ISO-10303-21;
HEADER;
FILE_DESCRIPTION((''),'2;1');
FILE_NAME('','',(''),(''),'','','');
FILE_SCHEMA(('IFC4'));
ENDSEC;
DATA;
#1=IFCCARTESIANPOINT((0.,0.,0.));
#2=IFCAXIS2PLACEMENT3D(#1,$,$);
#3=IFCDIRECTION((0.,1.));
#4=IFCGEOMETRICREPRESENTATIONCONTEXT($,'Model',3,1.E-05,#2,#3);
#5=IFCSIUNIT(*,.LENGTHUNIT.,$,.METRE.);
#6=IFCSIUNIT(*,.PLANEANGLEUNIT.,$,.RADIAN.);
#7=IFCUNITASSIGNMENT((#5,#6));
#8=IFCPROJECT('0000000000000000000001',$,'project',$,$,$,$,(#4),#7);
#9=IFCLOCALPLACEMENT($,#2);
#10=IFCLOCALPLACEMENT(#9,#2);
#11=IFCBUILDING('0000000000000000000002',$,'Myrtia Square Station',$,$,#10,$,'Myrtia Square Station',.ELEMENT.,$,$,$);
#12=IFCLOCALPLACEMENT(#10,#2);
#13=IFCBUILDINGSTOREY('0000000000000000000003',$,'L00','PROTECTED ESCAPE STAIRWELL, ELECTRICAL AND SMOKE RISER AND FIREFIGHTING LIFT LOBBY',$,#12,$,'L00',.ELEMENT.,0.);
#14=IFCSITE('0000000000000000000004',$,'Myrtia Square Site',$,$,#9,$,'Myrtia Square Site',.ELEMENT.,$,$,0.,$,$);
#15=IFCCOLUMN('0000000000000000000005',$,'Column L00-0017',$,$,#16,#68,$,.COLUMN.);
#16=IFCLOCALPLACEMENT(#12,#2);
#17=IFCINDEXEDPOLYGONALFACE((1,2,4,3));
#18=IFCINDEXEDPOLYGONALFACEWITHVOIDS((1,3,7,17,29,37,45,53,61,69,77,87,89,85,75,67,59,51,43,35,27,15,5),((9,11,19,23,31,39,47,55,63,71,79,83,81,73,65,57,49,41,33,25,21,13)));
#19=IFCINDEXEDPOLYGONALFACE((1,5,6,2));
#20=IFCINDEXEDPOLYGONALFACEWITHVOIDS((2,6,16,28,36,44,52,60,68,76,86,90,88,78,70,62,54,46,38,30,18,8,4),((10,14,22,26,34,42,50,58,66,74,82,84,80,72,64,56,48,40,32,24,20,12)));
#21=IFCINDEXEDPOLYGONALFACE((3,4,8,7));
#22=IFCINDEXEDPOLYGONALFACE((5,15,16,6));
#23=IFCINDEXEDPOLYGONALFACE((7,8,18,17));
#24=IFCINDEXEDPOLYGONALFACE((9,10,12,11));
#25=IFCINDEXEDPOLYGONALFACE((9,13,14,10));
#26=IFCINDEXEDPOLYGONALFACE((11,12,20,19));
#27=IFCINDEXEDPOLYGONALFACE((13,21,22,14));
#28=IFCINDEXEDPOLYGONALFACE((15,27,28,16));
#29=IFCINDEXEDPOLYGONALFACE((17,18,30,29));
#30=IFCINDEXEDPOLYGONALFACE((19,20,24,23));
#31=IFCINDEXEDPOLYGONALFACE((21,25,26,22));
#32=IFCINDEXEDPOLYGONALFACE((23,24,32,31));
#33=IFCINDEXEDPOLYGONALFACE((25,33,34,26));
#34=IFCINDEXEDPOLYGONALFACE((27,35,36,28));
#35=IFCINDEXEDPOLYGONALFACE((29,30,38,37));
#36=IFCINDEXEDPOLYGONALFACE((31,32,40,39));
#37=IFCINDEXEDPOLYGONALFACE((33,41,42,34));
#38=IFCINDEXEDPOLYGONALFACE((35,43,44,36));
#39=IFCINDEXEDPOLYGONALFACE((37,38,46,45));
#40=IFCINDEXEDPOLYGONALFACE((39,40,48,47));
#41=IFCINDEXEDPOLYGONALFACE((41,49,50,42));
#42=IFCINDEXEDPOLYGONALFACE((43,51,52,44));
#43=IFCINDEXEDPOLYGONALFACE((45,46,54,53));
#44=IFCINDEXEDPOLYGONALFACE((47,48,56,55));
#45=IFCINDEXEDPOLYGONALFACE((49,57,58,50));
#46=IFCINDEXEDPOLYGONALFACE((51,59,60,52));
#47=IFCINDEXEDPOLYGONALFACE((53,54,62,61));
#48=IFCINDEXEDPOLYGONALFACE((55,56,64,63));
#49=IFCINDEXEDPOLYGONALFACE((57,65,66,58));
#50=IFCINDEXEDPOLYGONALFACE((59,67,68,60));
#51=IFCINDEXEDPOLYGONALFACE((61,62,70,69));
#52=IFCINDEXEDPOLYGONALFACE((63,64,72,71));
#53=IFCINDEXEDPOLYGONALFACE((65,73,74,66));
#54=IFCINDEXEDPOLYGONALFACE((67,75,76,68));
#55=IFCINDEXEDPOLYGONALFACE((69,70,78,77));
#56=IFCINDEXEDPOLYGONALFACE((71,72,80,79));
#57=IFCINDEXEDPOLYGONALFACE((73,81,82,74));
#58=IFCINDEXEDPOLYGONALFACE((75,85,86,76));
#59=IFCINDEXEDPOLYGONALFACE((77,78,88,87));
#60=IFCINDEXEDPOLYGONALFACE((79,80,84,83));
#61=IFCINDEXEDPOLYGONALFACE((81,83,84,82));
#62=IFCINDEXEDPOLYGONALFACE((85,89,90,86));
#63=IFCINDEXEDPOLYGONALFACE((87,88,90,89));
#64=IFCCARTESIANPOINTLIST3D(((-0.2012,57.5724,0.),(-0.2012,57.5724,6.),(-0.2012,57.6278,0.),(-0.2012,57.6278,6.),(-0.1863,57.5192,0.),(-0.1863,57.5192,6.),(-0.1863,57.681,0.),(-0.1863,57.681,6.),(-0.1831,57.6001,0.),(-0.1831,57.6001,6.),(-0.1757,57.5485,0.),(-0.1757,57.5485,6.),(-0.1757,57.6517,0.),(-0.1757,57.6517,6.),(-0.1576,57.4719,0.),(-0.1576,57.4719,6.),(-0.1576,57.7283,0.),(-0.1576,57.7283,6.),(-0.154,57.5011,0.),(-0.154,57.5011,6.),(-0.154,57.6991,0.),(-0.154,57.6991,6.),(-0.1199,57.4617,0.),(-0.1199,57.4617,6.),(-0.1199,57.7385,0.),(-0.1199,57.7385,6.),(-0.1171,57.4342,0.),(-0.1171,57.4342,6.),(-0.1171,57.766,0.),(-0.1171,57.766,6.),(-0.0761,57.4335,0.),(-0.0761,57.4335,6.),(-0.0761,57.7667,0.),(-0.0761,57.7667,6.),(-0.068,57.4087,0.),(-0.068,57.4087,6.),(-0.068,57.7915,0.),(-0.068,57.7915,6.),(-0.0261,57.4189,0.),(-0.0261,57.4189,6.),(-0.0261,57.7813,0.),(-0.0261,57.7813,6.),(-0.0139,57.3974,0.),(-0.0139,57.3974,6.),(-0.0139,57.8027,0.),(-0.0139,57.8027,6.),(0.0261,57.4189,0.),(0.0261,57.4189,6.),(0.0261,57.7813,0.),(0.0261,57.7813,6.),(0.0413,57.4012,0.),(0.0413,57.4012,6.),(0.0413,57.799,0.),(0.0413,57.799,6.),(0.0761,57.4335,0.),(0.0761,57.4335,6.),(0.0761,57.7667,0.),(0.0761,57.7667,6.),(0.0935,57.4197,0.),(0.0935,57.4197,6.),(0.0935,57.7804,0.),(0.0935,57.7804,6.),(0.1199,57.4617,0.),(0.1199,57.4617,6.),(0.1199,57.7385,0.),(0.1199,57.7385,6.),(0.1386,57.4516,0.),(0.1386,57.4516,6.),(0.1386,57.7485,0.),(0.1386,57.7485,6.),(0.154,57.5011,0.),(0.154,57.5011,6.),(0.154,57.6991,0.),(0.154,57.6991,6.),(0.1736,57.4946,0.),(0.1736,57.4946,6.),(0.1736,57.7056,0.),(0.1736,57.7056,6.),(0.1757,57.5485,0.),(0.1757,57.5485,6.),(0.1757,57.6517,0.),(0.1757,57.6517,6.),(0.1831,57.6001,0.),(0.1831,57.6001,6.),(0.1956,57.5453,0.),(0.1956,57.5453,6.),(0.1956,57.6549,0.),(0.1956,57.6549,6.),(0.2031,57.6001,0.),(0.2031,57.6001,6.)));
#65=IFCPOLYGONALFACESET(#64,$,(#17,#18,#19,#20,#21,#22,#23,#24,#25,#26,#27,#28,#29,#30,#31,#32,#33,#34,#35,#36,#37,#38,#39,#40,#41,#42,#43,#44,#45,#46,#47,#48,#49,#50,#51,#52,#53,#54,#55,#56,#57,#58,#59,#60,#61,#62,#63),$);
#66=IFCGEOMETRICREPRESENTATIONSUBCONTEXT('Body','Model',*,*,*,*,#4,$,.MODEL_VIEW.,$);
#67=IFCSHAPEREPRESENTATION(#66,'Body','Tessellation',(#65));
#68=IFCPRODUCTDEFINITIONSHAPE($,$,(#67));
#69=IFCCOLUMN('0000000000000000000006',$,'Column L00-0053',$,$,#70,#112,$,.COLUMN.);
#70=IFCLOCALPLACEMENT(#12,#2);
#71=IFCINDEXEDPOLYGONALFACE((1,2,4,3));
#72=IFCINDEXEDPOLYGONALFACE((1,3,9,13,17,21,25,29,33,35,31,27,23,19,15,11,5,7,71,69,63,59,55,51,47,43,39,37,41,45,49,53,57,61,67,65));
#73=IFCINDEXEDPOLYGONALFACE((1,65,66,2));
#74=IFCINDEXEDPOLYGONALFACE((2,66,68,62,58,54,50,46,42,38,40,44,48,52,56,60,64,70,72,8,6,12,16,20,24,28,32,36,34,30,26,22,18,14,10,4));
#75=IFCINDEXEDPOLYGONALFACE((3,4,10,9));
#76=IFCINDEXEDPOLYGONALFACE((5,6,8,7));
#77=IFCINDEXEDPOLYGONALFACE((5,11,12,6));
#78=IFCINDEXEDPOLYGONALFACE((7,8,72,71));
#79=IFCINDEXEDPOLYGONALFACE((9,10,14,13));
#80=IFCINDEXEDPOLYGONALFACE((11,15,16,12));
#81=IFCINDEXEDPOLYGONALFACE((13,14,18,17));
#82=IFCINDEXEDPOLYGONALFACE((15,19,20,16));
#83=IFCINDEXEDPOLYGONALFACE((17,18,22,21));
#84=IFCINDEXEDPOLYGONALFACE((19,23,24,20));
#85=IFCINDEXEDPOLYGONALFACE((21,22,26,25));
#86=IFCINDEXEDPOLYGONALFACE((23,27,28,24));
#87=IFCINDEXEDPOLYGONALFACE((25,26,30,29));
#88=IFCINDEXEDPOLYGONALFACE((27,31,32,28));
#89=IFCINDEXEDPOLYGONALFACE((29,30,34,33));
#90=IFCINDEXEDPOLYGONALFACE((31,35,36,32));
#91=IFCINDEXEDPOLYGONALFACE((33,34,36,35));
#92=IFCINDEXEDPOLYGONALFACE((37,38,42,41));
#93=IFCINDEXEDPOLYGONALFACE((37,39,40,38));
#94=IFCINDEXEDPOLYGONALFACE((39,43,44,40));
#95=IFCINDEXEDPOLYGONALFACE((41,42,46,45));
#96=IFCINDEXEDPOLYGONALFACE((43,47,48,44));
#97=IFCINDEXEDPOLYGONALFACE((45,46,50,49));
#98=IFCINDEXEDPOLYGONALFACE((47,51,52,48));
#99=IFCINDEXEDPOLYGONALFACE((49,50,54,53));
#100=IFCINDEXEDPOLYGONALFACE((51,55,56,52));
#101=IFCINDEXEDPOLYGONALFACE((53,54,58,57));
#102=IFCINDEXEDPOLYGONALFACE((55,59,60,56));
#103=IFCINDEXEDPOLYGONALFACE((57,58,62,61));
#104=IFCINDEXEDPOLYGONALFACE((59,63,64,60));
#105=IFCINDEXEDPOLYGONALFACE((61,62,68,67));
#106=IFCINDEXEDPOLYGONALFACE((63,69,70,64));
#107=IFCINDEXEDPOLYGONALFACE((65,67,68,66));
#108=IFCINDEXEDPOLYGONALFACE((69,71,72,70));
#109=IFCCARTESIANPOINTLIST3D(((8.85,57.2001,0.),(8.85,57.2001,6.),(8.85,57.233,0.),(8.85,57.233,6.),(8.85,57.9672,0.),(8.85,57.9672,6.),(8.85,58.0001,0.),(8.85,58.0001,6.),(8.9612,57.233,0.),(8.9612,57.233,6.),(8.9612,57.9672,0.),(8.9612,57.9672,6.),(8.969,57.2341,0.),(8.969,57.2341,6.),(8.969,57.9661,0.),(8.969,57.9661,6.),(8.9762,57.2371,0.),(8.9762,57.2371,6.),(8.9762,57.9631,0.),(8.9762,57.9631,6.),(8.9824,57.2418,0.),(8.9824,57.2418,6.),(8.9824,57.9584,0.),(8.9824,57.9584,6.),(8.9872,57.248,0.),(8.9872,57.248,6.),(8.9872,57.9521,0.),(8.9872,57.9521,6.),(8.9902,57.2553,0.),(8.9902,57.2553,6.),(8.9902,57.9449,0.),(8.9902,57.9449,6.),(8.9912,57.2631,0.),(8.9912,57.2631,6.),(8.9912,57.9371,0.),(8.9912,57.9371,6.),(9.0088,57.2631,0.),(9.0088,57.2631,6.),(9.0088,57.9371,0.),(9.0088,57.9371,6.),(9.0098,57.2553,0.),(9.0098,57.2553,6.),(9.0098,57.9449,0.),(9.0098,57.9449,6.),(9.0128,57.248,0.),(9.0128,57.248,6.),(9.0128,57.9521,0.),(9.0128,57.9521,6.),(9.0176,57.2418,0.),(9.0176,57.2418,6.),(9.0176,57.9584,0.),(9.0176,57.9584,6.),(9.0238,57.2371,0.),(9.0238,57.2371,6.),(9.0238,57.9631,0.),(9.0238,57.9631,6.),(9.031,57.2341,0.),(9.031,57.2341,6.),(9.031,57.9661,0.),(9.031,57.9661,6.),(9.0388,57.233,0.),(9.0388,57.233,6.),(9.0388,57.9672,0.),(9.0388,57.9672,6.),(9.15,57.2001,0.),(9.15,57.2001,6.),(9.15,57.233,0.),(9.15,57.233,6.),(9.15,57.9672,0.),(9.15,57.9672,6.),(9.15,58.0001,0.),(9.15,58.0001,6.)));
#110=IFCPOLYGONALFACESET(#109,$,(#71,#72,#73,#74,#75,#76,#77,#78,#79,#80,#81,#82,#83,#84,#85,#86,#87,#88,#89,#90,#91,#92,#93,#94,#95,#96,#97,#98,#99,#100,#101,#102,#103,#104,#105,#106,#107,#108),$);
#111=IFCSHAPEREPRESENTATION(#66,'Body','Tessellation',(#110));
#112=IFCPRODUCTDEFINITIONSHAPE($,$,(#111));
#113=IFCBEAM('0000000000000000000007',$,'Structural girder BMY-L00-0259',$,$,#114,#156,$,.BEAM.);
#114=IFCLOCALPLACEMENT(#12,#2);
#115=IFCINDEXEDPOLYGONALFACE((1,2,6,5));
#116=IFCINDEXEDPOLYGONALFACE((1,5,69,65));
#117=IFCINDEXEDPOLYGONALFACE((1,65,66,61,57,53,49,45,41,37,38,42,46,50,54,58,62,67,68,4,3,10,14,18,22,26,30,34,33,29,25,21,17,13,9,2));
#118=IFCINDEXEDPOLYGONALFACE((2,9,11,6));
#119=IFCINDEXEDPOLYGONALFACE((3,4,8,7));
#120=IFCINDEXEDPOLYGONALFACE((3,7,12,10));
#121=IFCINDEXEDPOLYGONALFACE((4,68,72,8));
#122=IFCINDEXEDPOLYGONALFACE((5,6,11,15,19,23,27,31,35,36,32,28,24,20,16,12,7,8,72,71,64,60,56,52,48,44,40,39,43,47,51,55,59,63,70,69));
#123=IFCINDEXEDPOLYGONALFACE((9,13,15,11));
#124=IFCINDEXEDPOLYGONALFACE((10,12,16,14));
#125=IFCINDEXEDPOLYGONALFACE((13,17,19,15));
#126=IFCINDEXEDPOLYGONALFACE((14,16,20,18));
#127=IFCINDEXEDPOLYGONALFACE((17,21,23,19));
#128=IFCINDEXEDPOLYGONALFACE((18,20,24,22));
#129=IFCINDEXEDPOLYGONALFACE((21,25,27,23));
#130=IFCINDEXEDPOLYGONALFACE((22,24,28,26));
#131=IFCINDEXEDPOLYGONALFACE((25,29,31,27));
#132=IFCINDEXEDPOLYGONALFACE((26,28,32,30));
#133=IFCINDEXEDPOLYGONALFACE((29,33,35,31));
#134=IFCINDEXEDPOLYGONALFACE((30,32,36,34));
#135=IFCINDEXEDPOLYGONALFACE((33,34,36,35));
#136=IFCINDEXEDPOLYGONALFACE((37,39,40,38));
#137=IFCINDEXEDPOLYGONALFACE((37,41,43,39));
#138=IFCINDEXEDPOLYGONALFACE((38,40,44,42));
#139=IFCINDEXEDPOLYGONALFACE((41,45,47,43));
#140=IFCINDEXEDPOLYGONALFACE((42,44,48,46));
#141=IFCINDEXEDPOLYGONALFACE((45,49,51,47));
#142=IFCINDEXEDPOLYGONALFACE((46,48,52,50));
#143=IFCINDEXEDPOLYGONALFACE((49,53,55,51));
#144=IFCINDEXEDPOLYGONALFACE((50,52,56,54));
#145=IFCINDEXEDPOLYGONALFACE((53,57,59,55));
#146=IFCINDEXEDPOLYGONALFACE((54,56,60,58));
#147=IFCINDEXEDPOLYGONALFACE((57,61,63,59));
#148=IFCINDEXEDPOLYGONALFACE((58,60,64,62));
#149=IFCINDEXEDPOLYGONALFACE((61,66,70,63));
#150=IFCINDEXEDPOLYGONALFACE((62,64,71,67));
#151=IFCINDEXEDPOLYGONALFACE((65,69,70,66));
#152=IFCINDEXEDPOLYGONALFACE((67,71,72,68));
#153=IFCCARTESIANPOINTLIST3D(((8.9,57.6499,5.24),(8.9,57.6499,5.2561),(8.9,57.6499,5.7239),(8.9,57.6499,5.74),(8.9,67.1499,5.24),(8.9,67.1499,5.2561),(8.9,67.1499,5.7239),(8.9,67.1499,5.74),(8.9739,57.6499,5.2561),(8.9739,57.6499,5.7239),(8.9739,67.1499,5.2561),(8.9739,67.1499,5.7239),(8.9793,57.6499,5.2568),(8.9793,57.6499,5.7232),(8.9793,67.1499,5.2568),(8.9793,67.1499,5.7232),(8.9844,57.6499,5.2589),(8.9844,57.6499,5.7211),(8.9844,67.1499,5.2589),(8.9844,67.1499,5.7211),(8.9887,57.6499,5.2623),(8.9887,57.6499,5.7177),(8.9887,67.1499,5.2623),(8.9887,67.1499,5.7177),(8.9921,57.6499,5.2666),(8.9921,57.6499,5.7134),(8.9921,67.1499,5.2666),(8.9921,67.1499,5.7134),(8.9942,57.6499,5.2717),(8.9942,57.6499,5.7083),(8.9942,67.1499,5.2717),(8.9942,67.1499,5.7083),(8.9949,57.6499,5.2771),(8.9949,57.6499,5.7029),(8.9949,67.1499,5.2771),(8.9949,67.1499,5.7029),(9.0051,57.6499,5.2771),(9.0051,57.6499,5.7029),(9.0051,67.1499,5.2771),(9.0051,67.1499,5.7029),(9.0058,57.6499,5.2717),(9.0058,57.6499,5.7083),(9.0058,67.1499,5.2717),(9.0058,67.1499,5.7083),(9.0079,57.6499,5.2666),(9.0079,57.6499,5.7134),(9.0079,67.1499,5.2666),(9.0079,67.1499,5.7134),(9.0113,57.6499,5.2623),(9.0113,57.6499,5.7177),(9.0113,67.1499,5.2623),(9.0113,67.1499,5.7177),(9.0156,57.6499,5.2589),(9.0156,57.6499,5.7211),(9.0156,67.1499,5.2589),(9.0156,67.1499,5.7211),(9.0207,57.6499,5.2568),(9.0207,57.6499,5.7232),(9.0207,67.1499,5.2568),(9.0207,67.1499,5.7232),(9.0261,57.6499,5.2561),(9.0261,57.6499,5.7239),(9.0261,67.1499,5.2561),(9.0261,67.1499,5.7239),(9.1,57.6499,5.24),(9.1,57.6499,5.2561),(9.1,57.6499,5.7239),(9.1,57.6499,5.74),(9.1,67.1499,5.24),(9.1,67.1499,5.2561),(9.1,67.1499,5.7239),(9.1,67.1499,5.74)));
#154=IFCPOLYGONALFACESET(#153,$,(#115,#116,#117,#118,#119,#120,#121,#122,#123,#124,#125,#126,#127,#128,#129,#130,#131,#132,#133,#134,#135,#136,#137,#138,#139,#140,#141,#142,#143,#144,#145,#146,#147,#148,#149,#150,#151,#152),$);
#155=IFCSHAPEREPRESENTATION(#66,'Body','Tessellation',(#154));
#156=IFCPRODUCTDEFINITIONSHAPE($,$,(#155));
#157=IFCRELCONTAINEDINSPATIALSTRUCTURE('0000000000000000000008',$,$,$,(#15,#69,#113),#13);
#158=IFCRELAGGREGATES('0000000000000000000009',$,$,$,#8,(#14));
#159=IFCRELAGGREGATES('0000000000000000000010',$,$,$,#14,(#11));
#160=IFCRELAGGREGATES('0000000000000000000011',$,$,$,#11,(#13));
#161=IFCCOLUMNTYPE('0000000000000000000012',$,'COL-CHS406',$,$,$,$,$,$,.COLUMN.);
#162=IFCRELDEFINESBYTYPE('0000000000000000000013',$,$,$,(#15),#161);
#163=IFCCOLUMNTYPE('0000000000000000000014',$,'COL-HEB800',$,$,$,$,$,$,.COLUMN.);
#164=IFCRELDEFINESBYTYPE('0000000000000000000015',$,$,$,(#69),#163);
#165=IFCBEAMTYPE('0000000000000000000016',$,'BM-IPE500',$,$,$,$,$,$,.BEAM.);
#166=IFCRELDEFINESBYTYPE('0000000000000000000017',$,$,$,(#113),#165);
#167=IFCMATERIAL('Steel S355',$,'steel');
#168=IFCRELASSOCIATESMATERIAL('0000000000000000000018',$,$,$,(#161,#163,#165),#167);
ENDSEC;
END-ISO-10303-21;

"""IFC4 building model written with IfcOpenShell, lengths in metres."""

from ifc_helpers import new_model, si_unit, direction, frame, origin, origin_2d, place, context, subcontext, project, spatial, hollow_circle, i_section, extrude, material, material_profile, profile_set, type_object, element, save


model = new_model("IFC4")

# Units and contexts
model_context = context("Model", 3, precision=1e-05, world=origin(), true_north=direction((0.0, 1.0)))
body_context = subcontext(model_context, "Body", "Model", "MODEL_VIEW")
ifc_project = project(units=[si_unit("LENGTHUNIT", "METRE"), si_unit("PLANEANGLEUNIT", "RADIAN")], contexts=[model_context])

# Site, building, storey
site_placement = place(None, origin())
site = spatial("IfcSite", under=ifc_project, at=site_placement, Name="Myrtia Square Site", LongName="Myrtia Square Site", CompositionType="ELEMENT", RefElevation=0.0)
building_placement = place(site_placement, origin())
building = spatial("IfcBuilding", under=site, at=building_placement, Name="Myrtia Square Station", LongName="Myrtia Square Station", CompositionType="ELEMENT")
storey_placement = place(building_placement, origin())
storey = spatial("IfcBuildingStorey", under=building, at=storey_placement, Name="L00", Description="PROTECTED ESCAPE STAIRWELL, ELECTRICAL AND SMOKE RISER AND FIREFIGHTING LIFT LOBBY", LongName="L00", CompositionType="ELEMENT", Elevation=0.0)

# Columns
ifc_material_1 = material(Name="Steel S355", Category="steel")
ifc_material_profile_1 = material_profile(ifc_material_1, hollow_circle(Radius=0.2031, WallThickness=0.02, at=origin_2d()), Name="CHS 406.4x20")
ifc_profile_set_1 = profile_set([ifc_material_profile_1], Name="Steel S355")
column_type_1 = type_object("IfcColumnType", Name="COL-CHS406", PredefinedType="COLUMN", material=ifc_profile_set_1)
column_1_placement = place(storey_placement, frame((0.0, 57.6001, 0.0), z_axis=(0.0, 0.0, 1.0), x_axis=(1.0, 0.0, 0.0)))
element("IfcColumn", 1, at=column_1_placement, inside=storey, type_object=column_type_1, Name="Column L00-0017", PredefinedType="COLUMN", context=body_context, shape_type="SweptSolid", body=[
    extrude(hollow_circle(Radius=0.2031, WallThickness=0.02, at=origin_2d()), origin(), (0.0, 0.0, 1.0), 6.0),
])
ifc_material_profile_2 = material_profile(ifc_material_1, i_section(OverallWidth=0.3, OverallDepth=0.8, WebThickness=0.0176, FlangeThickness=0.033, FilletRadius=0.03, at=origin_2d()), Name="HEB 800")
ifc_profile_set_2 = profile_set([ifc_material_profile_2], Name="Steel S355")
column_type_2 = type_object("IfcColumnType", Name="COL-HEB800", PredefinedType="COLUMN", material=ifc_profile_set_2)
column_2_placement = place(storey_placement, frame((9.0, 57.6001, 0.0), z_axis=(0.0, 0.0, 1.0), x_axis=(1.0, 0.0, 0.0)))
element("IfcColumn", 2, at=column_2_placement, inside=storey, type_object=column_type_2, Name="Column L00-0053", PredefinedType="COLUMN", context=body_context, shape_type="SweptSolid", body=[
    extrude(i_section(OverallWidth=0.3, OverallDepth=0.8, WebThickness=0.0176, FlangeThickness=0.033, FilletRadius=0.03, at=origin_2d()), origin(), (0.0, 0.0, 1.0), 6.0),
])

# Beam
ifc_material_profile_3 = material_profile(ifc_material_1, i_section(OverallWidth=0.2, OverallDepth=0.5, WebThickness=0.0103, FlangeThickness=0.0161, FilletRadius=0.021, at=origin_2d()), Name="IPE 500")
ifc_profile_set_3 = profile_set([ifc_material_profile_3], Name="Steel S355")
beam_type = type_object("IfcBeamType", Name="BM-IPE500", PredefinedType="BEAM", material=ifc_profile_set_3)
beam_placement = place(storey_placement, frame((9.0, 57.6499, 5.49), z_axis=(0.0, 1.0, 0.0), x_axis=(-1.0, 0.0, 0.0)))
element("IfcBeam", 3, at=beam_placement, inside=storey, type_object=beam_type, Name="Structural girder BMY-L00-0259", PredefinedType="BEAM", context=body_context, shape_type="SweptSolid", body=[
    extrude(i_section(OverallWidth=0.2, OverallDepth=0.5, WebThickness=0.0103, FlangeThickness=0.0161, FilletRadius=0.021, at=origin_2d()), origin(), (0.0, 0.0, 1.0), 9.5),
])

save(model, "model.ifc")
